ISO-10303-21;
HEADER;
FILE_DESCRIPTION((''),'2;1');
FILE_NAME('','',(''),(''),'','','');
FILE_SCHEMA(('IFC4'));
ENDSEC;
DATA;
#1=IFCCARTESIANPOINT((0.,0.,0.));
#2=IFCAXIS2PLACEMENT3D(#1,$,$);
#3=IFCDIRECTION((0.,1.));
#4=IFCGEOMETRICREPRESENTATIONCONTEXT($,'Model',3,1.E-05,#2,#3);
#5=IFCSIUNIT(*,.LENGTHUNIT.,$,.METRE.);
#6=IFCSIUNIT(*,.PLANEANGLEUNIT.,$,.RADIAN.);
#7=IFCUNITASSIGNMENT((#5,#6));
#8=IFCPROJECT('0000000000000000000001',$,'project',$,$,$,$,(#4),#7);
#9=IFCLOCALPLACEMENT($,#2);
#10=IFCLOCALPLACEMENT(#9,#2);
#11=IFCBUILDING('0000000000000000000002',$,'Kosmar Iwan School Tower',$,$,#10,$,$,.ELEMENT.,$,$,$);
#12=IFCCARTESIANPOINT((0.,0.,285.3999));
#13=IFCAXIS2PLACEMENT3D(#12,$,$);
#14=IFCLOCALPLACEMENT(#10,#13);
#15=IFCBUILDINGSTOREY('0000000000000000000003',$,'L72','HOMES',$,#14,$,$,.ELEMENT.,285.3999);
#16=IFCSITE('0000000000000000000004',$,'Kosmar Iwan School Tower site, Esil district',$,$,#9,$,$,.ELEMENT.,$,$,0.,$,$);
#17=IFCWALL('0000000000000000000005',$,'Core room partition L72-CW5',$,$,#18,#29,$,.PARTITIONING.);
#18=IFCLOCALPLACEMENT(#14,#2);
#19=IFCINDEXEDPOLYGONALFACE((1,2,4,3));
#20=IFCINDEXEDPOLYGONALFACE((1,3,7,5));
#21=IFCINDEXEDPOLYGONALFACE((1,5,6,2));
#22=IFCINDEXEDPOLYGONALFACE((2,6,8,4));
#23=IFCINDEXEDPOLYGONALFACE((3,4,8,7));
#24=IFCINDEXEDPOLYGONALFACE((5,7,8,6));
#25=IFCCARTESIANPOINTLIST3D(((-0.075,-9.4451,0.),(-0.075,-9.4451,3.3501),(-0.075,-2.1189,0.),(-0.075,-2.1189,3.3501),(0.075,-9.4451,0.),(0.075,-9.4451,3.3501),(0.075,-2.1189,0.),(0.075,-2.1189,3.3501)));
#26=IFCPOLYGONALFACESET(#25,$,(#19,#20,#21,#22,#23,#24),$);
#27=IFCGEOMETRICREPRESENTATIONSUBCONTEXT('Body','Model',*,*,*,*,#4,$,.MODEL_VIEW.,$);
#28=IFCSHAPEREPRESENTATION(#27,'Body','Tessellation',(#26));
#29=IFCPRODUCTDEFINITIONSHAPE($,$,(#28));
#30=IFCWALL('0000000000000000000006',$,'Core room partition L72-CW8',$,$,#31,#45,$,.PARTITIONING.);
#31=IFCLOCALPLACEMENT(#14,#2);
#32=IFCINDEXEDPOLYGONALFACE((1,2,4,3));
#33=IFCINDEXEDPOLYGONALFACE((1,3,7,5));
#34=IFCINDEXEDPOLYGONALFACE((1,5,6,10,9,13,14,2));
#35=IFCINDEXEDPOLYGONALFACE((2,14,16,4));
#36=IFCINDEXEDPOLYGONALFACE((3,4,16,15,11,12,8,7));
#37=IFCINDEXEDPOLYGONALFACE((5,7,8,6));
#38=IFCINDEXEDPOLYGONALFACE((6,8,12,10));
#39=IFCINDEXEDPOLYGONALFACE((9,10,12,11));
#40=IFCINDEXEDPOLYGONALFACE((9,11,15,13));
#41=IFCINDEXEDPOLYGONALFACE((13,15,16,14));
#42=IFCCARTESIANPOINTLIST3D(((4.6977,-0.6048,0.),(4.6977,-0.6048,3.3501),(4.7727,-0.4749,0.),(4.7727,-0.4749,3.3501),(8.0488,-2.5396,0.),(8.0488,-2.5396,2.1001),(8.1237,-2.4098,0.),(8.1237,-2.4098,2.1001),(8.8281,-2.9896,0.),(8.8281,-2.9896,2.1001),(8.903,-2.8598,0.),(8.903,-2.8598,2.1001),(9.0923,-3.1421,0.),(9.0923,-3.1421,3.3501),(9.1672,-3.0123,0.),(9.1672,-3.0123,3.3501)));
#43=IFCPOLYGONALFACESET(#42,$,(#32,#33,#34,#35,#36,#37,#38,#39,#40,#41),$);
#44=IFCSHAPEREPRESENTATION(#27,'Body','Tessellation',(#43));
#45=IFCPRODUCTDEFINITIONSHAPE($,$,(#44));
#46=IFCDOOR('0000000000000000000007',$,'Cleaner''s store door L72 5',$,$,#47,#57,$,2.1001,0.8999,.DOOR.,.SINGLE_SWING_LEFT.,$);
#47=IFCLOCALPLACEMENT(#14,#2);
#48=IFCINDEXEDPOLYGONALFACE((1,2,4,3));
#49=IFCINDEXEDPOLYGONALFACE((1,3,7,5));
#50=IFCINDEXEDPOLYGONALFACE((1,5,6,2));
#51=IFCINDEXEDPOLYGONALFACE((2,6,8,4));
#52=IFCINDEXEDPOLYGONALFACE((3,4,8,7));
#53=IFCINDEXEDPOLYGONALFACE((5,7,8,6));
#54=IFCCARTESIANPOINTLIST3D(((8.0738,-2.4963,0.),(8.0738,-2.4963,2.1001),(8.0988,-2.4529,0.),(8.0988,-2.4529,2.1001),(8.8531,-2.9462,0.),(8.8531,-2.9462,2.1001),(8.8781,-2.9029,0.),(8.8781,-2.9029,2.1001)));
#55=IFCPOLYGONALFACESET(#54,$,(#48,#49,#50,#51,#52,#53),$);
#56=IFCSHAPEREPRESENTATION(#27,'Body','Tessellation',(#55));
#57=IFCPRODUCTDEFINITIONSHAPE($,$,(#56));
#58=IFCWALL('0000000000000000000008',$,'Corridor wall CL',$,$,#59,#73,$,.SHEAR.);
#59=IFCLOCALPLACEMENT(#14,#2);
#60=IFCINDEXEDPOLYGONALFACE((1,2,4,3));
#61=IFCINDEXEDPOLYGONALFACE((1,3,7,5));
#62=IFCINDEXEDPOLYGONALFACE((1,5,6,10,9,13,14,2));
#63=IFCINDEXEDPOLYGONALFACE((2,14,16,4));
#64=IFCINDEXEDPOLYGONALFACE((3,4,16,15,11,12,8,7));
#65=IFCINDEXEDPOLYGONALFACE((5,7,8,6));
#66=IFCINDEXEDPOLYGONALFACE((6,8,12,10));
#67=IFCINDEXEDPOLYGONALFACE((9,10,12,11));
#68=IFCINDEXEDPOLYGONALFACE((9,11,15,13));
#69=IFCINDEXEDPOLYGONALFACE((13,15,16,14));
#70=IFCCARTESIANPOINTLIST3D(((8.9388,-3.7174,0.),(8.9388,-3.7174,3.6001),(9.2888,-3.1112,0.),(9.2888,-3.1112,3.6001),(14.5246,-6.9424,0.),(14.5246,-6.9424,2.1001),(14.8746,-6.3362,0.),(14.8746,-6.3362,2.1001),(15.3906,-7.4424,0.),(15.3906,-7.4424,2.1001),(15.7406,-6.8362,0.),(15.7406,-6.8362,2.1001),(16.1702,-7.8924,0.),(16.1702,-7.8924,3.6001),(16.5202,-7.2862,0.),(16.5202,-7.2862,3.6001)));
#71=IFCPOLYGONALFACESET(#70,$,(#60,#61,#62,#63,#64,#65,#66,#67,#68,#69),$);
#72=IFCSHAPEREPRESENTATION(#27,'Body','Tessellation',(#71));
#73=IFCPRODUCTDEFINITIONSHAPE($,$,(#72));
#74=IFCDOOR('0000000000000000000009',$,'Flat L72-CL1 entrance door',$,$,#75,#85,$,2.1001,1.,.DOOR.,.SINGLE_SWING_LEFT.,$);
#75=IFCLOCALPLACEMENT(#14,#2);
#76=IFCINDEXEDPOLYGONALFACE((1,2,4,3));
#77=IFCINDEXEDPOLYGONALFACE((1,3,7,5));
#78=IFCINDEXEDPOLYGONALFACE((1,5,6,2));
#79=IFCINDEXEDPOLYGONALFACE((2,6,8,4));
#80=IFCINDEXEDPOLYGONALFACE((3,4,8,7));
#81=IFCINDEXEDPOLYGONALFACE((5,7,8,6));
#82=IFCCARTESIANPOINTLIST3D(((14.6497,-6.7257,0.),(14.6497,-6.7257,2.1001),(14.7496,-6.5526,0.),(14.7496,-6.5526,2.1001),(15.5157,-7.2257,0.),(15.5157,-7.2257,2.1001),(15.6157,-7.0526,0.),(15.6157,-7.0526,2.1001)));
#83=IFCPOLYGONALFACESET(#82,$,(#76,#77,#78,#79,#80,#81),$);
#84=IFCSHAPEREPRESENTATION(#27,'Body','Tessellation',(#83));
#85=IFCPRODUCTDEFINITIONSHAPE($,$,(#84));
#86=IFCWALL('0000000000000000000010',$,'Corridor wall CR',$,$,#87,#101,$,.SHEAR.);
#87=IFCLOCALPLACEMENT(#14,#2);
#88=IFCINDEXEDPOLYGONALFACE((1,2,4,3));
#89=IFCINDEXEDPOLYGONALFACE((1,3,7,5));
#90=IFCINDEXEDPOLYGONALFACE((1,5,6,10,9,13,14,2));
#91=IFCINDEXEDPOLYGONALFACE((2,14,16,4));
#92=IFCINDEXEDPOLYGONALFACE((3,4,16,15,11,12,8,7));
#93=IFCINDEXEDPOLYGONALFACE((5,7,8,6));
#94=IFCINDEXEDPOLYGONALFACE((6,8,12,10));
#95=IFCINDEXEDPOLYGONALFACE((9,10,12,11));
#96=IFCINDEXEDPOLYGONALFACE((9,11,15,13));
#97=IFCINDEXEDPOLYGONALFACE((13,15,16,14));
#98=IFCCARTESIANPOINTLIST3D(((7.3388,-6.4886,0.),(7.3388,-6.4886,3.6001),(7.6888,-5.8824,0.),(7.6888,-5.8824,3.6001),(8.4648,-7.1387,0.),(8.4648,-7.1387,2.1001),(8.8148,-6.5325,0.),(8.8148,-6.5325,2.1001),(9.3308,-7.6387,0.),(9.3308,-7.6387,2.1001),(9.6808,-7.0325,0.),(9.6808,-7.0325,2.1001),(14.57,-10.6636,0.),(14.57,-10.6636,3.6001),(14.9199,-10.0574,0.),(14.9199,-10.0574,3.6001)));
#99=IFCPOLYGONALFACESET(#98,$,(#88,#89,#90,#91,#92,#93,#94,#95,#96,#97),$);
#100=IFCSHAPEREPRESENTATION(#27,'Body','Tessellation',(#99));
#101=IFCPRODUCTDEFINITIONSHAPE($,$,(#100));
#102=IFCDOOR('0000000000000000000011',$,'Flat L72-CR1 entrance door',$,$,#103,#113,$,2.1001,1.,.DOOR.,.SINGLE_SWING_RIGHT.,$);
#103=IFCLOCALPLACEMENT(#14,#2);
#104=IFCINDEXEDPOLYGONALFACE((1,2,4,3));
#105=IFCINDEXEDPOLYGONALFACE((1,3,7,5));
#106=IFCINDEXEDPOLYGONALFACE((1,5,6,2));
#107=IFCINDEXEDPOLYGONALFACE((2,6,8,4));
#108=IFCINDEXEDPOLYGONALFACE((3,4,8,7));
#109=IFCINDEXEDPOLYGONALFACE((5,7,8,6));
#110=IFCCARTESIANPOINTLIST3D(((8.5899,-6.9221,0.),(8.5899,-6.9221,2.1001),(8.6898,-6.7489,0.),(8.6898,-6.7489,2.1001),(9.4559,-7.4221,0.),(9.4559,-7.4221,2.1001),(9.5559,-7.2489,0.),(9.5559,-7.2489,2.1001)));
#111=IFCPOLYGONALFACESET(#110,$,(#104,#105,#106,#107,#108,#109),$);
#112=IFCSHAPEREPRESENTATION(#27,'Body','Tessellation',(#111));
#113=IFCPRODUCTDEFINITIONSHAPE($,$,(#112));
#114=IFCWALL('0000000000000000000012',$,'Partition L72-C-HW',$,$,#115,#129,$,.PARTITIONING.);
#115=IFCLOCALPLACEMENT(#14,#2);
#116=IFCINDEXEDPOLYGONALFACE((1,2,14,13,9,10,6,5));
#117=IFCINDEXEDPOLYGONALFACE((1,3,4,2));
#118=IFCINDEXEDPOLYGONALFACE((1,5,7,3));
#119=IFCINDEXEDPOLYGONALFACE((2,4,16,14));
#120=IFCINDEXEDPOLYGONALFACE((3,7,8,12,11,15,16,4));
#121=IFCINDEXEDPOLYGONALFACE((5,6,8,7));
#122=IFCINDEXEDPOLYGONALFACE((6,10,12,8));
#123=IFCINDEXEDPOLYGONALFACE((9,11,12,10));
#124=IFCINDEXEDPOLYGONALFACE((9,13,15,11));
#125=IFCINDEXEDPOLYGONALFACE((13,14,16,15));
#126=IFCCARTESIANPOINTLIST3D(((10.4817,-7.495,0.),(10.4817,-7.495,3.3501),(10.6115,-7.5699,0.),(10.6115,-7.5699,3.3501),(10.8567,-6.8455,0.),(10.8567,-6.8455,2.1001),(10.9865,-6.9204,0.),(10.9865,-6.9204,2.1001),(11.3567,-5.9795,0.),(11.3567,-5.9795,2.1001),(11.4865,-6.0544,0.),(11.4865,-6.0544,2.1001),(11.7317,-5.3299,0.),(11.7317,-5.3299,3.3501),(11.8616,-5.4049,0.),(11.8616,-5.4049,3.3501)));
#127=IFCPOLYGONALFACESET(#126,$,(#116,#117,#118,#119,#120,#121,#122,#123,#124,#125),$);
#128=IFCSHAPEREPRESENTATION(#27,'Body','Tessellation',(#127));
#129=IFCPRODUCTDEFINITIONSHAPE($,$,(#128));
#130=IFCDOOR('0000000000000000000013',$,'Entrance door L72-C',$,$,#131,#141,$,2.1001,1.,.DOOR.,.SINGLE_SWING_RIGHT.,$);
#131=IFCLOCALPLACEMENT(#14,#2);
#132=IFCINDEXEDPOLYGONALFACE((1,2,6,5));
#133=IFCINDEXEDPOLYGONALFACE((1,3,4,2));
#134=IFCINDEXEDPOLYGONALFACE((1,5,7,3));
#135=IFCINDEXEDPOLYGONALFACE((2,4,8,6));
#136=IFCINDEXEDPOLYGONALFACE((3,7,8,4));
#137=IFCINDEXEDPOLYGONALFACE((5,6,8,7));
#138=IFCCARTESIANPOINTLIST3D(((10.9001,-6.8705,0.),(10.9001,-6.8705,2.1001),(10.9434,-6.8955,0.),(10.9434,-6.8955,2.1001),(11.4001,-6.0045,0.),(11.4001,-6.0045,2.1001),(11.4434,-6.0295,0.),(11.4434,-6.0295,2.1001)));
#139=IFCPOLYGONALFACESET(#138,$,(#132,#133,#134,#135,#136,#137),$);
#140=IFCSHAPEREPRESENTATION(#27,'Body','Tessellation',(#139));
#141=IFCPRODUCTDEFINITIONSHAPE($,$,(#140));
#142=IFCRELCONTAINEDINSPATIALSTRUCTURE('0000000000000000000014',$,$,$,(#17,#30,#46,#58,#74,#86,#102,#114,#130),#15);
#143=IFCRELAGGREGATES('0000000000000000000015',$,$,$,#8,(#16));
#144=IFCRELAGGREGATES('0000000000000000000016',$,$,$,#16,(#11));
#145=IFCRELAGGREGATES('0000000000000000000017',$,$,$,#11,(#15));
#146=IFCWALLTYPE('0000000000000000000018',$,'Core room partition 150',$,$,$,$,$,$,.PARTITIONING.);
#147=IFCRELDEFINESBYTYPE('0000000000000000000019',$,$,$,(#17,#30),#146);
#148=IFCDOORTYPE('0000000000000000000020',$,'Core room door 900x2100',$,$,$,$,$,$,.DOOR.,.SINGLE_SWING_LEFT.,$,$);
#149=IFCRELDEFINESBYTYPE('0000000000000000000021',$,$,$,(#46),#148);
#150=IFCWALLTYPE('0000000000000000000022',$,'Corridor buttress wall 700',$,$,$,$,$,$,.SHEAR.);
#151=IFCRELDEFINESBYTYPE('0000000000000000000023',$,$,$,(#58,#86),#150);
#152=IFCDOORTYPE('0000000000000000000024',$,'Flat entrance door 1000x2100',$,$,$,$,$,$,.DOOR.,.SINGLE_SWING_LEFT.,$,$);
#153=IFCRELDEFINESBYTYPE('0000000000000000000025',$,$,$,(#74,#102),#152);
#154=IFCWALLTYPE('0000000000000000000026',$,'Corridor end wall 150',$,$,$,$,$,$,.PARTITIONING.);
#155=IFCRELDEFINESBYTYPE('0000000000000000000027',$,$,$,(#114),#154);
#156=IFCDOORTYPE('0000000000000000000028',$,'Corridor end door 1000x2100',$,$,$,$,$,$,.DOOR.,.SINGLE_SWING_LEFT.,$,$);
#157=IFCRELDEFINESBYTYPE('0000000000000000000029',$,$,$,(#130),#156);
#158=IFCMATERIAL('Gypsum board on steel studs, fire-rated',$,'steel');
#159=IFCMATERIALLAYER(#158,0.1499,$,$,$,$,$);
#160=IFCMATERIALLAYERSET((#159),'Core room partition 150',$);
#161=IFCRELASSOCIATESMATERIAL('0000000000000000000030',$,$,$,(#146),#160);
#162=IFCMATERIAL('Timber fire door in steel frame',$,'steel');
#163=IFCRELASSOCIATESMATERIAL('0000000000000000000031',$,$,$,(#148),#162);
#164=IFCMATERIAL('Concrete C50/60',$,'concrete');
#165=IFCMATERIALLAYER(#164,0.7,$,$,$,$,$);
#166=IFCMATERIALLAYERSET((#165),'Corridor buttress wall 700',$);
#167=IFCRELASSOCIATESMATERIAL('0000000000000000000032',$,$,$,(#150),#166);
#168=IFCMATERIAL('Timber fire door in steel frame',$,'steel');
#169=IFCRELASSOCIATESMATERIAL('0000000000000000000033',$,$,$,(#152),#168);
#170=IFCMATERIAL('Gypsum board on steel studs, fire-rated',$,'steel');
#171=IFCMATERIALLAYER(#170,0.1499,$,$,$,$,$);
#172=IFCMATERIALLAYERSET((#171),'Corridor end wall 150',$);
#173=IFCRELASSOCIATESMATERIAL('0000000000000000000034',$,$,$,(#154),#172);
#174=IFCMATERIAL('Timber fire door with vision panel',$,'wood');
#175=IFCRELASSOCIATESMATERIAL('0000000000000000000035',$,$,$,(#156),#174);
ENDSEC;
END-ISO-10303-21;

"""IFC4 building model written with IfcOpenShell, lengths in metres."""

from ifc_helpers import new_model, si_unit, direction, frame, frame_2d, origin, place, context, subcontext, project, spatial, rectangle, extrude, material, layer, layer_set, type_object, element, fill, save


model = new_model("IFC4")

# Units and contexts
model_context = context("Model", 3, precision=1e-05, world=origin(), true_north=direction((0.0, 1.0)))
body_context = subcontext(model_context, "Body", "Model", "MODEL_VIEW")
ifc_project = project(units=[si_unit("LENGTHUNIT", "METRE"), si_unit("PLANEANGLEUNIT", "RADIAN")], contexts=[model_context])

# Site, building, storey
site_placement = place(None, origin())
site = spatial("IfcSite", under=ifc_project, at=site_placement, Name="Kosmar Iwan School Tower site, Esil district", CompositionType="ELEMENT", RefElevation=0.0)
building_placement = place(site_placement, origin())
building = spatial("IfcBuilding", under=site, at=building_placement, Name="Kosmar Iwan School Tower", CompositionType="ELEMENT")
storey_placement = place(building_placement, frame((0.0, 0.0, 285.3999)))
storey = spatial("IfcBuildingStorey", under=building, at=storey_placement, Name="L72", Description="HOMES", CompositionType="ELEMENT", Elevation=285.3999)

# Wall
ifc_material_1 = material(Name="Gypsum board on steel studs, fire-rated", Category="steel")
ifc_layer_1 = layer(ifc_material_1, 0.1499)
ifc_layer_set_1 = layer_set([ifc_layer_1], Name="Core room partition 150")
wall_type_1 = type_object("IfcWallType", Name="Core room partition 150", PredefinedType="PARTITIONING", material=ifc_layer_set_1)
wall_1_placement = place(storey_placement, frame((0.0, -9.4451, 0.0), z_axis=(0.0, 0.0, 1.0), x_axis=(0.0, 1.0, 0.0)))
element("IfcWall", 1, at=wall_1_placement, inside=storey, type_object=wall_type_1, Name="Core room partition L72-CW5", PredefinedType="PARTITIONING", context=body_context, shape_type="SweptSolid", body=[
    extrude(rectangle(XDim=7.3262, YDim=0.1499, at=frame_2d((3.6631, 0.0))), origin(), (0.0, 0.0, 1.0), 3.3501),
])

# Walls, openings, doors
wall_2_placement = place(storey_placement, frame((9.1296, -3.0771, 0.0), z_axis=(0.0, 0.0, 1.0), x_axis=(-0.866011, 0.500025, 0.0)))
wall_2 = element("IfcWall", 2, at=wall_2_placement, inside=storey, type_object=wall_type_1, Name="Core room partition L72-CW8", PredefinedType="PARTITIONING", context=body_context, shape_type="SweptSolid", body=[
    extrude(rectangle(XDim=5.0745, YDim=0.1499, at=frame_2d((2.5371, 0.0))), origin(), (0.0, 0.0, 1.0), 3.3501),
])
opening_1_placement = place(wall_2_placement, frame((0.3049, 0.0, 0.0)))
opening_1 = element("IfcOpeningElement", 3, at=opening_1_placement, cuts=wall_2, PredefinedType="OPENING", context=body_context, shape_type="SweptSolid", body=[
    extrude(rectangle(XDim=0.8999, YDim=2.1001, at=frame_2d((0.45, 1.05))), frame((0.0, 0.0869, 0.0), z_axis=(0.0, -1.0, 0.0), x_axis=(1.0, 0.0, 0.0)), (0.0, 0.0, 1.0), 0.1738),
])
ifc_material_2 = material(Name="Timber fire door in steel frame", Category="steel")
door_type_1 = type_object("IfcDoorType", Name="Core room door 900x2100", OperationType="SINGLE_SWING_LEFT", PredefinedType="DOOR", material=ifc_material_2)
door_1_placement = place(opening_1_placement, origin())
door_1 = element("IfcDoor", 4, at=door_1_placement, inside=storey, type_object=door_type_1, Name="Cleaner's store door L72 5", OperationType="SINGLE_SWING_LEFT", OverallHeight=2.1001, OverallWidth=0.8999, PredefinedType="DOOR", context=body_context, shape_type="SweptSolid", body=[
    extrude(rectangle(XDim=0.8999, YDim=2.1001, at=frame_2d((0.45, 1.05))), frame((0.0, 0.0249, 0.0), z_axis=(0.0, -1.0, 0.0), x_axis=(1.0, 0.0, 0.0)), (0.0, 0.0, 1.0), 0.05),
])
fill(opening_1, door_1)
ifc_material_3 = material(Name="Concrete C50/60", Category="concrete")
ifc_layer_2 = layer(ifc_material_3, 0.7)
ifc_layer_set_2 = layer_set([ifc_layer_2], Name="Corridor buttress wall 700")
wall_type_2 = type_object("IfcWallType", Name="Corridor buttress wall 700", PredefinedType="SHEAR", material=ifc_layer_set_2)
wall_3_placement = place(storey_placement, frame((9.1138, -3.4143, 0.0), z_axis=(0.0, 0.0, 1.0), x_axis=(0.866027, -0.499997, 0.0)))
wall_3 = element("IfcWall", 5, at=wall_3_placement, inside=storey, type_object=wall_type_2, Name="Corridor wall CL", PredefinedType="SHEAR", context=body_context, shape_type="SweptSolid", body=[
    extrude(rectangle(XDim=8.3501, YDim=0.7, at=frame_2d((4.175, 0.0))), origin(), (0.0, 0.0, 1.0), 3.6001),
])
opening_2_placement = place(wall_3_placement, frame((6.45, 0.0, 0.0)))
opening_2 = element("IfcOpeningElement", 6, at=opening_2_placement, cuts=wall_3, PredefinedType="OPENING", context=body_context, shape_type="SweptSolid", body=[
    extrude(rectangle(XDim=1.0, YDim=2.1001, at=frame_2d((0.5, 1.05))), frame((0.0, 0.3621, 0.0), z_axis=(0.0, -1.0, 0.0), x_axis=(1.0, 0.0, 0.0)), (0.0, 0.0, 1.0), 0.7239),
])
ifc_material_4 = material(Name="Timber fire door in steel frame", Category="steel")
door_type_2 = type_object("IfcDoorType", Name="Flat entrance door 1000x2100", OperationType="SINGLE_SWING_LEFT", PredefinedType="DOOR", material=ifc_material_4)
door_2_placement = place(opening_2_placement, origin())
door_2 = element("IfcDoor", 7, at=door_2_placement, inside=storey, type_object=door_type_2, Name="Flat L72-CL1 entrance door", OperationType="SINGLE_SWING_LEFT", OverallHeight=2.1001, OverallWidth=1.0, PredefinedType="DOOR", context=body_context, shape_type="SweptSolid", body=[
    extrude(rectangle(XDim=1.0, YDim=2.1001, at=frame_2d((0.5, 1.05))), frame((0.0, 0.1001, 0.0), z_axis=(0.0, -1.0, 0.0), x_axis=(1.0, 0.0, 0.0)), (0.0, 0.0, 1.0), 0.2),
])
fill(opening_2, door_2)
wall_4_placement = place(storey_placement, frame((7.5139, -6.1855, 0.0), z_axis=(0.0, 0.0, 1.0), x_axis=(0.86602, -0.50001, 0.0)))
wall_4 = element("IfcWall", 8, at=wall_4_placement, inside=storey, type_object=wall_type_2, Name="Corridor wall CR", PredefinedType="SHEAR", context=body_context, shape_type="SweptSolid", body=[
    extrude(rectangle(XDim=8.3499, YDim=0.7, at=frame_2d((4.1748, 0.0))), origin(), (0.0, 0.0, 1.0), 3.6001),
])
opening_3_placement = place(wall_4_placement, frame((1.3, 0.0, 0.0)))
opening_3 = element("IfcOpeningElement", 9, at=opening_3_placement, cuts=wall_4, PredefinedType="OPENING", context=body_context, shape_type="SweptSolid", body=[
    extrude(rectangle(XDim=1.0, YDim=2.1001, at=frame_2d((0.5, 1.05))), frame((0.0, 0.3621, 0.0), z_axis=(0.0, -1.0, 0.0), x_axis=(1.0, 0.0, 0.0)), (0.0, 0.0, 1.0), 0.7239),
])
door_3_placement = place(opening_3_placement, origin())
door_3 = element("IfcDoor", 10, at=door_3_placement, inside=storey, type_object=door_type_2, Name="Flat L72-CR1 entrance door", OperationType="SINGLE_SWING_RIGHT", OverallHeight=2.1001, OverallWidth=1.0, PredefinedType="DOOR", context=body_context, shape_type="SweptSolid", body=[
    extrude(rectangle(XDim=1.0, YDim=2.1001, at=frame_2d((0.5, 1.05))), frame((0.0, 0.1001, 0.0), z_axis=(0.0, -1.0, 0.0), x_axis=(1.0, 0.0, 0.0)), (0.0, 0.0, 1.0), 0.2),
])
fill(opening_3, door_3)
ifc_material_5 = material(Name="Gypsum board on steel studs, fire-rated", Category="steel")
ifc_layer_3 = layer(ifc_material_5, 0.1499)
ifc_layer_set_3 = layer_set([ifc_layer_3], Name="Corridor end wall 150")
wall_type_3 = type_object("IfcWallType", Name="Corridor end wall 150", PredefinedType="PARTITIONING", material=ifc_layer_set_3)
wall_5_placement = place(storey_placement, frame((10.5466, -7.5325, 0.0), z_axis=(0.0, 0.0, 1.0), x_axis=(0.500004, 0.866023, 0.0)))
wall_5 = element("IfcWall", 11, at=wall_5_placement, inside=storey, type_object=wall_type_3, Name="Partition L72-C-HW", PredefinedType="PARTITIONING", context=body_context, shape_type="SweptSolid", body=[
    extrude(rectangle(XDim=2.5, YDim=0.1499, at=frame_2d((1.25, 0.0))), origin(), (0.0, 0.0, 1.0), 3.3501),
])
opening_4_placement = place(wall_5_placement, frame((0.75, 0.0, 0.0)))
opening_4 = element("IfcOpeningElement", 12, at=opening_4_placement, cuts=wall_5, PredefinedType="OPENING", context=body_context, shape_type="SweptSolid", body=[
    extrude(rectangle(XDim=1.0, YDim=2.1001, at=frame_2d((0.5, 1.05))), frame((0.0, 0.0869, 0.0), z_axis=(0.0, -1.0, 0.0), x_axis=(1.0, 0.0, 0.0)), (0.0, 0.0, 1.0), 0.1738),
])
ifc_material_6 = material(Name="Timber fire door with vision panel", Category="wood")
door_type_3 = type_object("IfcDoorType", Name="Corridor end door 1000x2100", OperationType="SINGLE_SWING_LEFT", PredefinedType="DOOR", material=ifc_material_6)
door_4_placement = place(opening_4_placement, origin())
door_4 = element("IfcDoor", 13, at=door_4_placement, inside=storey, type_object=door_type_3, Name="Entrance door L72-C", OperationType="SINGLE_SWING_RIGHT", OverallHeight=2.1001, OverallWidth=1.0, PredefinedType="DOOR", context=body_context, shape_type="SweptSolid", body=[
    extrude(rectangle(XDim=1.0, YDim=2.1001, at=frame_2d((0.5, 1.05))), frame((0.0, 0.0249, 0.0), z_axis=(0.0, -1.0, 0.0), x_axis=(1.0, 0.0, 0.0)), (0.0, 0.0, 1.0), 0.05),
])
fill(opening_4, door_4)

save(model, "model.ifc")
